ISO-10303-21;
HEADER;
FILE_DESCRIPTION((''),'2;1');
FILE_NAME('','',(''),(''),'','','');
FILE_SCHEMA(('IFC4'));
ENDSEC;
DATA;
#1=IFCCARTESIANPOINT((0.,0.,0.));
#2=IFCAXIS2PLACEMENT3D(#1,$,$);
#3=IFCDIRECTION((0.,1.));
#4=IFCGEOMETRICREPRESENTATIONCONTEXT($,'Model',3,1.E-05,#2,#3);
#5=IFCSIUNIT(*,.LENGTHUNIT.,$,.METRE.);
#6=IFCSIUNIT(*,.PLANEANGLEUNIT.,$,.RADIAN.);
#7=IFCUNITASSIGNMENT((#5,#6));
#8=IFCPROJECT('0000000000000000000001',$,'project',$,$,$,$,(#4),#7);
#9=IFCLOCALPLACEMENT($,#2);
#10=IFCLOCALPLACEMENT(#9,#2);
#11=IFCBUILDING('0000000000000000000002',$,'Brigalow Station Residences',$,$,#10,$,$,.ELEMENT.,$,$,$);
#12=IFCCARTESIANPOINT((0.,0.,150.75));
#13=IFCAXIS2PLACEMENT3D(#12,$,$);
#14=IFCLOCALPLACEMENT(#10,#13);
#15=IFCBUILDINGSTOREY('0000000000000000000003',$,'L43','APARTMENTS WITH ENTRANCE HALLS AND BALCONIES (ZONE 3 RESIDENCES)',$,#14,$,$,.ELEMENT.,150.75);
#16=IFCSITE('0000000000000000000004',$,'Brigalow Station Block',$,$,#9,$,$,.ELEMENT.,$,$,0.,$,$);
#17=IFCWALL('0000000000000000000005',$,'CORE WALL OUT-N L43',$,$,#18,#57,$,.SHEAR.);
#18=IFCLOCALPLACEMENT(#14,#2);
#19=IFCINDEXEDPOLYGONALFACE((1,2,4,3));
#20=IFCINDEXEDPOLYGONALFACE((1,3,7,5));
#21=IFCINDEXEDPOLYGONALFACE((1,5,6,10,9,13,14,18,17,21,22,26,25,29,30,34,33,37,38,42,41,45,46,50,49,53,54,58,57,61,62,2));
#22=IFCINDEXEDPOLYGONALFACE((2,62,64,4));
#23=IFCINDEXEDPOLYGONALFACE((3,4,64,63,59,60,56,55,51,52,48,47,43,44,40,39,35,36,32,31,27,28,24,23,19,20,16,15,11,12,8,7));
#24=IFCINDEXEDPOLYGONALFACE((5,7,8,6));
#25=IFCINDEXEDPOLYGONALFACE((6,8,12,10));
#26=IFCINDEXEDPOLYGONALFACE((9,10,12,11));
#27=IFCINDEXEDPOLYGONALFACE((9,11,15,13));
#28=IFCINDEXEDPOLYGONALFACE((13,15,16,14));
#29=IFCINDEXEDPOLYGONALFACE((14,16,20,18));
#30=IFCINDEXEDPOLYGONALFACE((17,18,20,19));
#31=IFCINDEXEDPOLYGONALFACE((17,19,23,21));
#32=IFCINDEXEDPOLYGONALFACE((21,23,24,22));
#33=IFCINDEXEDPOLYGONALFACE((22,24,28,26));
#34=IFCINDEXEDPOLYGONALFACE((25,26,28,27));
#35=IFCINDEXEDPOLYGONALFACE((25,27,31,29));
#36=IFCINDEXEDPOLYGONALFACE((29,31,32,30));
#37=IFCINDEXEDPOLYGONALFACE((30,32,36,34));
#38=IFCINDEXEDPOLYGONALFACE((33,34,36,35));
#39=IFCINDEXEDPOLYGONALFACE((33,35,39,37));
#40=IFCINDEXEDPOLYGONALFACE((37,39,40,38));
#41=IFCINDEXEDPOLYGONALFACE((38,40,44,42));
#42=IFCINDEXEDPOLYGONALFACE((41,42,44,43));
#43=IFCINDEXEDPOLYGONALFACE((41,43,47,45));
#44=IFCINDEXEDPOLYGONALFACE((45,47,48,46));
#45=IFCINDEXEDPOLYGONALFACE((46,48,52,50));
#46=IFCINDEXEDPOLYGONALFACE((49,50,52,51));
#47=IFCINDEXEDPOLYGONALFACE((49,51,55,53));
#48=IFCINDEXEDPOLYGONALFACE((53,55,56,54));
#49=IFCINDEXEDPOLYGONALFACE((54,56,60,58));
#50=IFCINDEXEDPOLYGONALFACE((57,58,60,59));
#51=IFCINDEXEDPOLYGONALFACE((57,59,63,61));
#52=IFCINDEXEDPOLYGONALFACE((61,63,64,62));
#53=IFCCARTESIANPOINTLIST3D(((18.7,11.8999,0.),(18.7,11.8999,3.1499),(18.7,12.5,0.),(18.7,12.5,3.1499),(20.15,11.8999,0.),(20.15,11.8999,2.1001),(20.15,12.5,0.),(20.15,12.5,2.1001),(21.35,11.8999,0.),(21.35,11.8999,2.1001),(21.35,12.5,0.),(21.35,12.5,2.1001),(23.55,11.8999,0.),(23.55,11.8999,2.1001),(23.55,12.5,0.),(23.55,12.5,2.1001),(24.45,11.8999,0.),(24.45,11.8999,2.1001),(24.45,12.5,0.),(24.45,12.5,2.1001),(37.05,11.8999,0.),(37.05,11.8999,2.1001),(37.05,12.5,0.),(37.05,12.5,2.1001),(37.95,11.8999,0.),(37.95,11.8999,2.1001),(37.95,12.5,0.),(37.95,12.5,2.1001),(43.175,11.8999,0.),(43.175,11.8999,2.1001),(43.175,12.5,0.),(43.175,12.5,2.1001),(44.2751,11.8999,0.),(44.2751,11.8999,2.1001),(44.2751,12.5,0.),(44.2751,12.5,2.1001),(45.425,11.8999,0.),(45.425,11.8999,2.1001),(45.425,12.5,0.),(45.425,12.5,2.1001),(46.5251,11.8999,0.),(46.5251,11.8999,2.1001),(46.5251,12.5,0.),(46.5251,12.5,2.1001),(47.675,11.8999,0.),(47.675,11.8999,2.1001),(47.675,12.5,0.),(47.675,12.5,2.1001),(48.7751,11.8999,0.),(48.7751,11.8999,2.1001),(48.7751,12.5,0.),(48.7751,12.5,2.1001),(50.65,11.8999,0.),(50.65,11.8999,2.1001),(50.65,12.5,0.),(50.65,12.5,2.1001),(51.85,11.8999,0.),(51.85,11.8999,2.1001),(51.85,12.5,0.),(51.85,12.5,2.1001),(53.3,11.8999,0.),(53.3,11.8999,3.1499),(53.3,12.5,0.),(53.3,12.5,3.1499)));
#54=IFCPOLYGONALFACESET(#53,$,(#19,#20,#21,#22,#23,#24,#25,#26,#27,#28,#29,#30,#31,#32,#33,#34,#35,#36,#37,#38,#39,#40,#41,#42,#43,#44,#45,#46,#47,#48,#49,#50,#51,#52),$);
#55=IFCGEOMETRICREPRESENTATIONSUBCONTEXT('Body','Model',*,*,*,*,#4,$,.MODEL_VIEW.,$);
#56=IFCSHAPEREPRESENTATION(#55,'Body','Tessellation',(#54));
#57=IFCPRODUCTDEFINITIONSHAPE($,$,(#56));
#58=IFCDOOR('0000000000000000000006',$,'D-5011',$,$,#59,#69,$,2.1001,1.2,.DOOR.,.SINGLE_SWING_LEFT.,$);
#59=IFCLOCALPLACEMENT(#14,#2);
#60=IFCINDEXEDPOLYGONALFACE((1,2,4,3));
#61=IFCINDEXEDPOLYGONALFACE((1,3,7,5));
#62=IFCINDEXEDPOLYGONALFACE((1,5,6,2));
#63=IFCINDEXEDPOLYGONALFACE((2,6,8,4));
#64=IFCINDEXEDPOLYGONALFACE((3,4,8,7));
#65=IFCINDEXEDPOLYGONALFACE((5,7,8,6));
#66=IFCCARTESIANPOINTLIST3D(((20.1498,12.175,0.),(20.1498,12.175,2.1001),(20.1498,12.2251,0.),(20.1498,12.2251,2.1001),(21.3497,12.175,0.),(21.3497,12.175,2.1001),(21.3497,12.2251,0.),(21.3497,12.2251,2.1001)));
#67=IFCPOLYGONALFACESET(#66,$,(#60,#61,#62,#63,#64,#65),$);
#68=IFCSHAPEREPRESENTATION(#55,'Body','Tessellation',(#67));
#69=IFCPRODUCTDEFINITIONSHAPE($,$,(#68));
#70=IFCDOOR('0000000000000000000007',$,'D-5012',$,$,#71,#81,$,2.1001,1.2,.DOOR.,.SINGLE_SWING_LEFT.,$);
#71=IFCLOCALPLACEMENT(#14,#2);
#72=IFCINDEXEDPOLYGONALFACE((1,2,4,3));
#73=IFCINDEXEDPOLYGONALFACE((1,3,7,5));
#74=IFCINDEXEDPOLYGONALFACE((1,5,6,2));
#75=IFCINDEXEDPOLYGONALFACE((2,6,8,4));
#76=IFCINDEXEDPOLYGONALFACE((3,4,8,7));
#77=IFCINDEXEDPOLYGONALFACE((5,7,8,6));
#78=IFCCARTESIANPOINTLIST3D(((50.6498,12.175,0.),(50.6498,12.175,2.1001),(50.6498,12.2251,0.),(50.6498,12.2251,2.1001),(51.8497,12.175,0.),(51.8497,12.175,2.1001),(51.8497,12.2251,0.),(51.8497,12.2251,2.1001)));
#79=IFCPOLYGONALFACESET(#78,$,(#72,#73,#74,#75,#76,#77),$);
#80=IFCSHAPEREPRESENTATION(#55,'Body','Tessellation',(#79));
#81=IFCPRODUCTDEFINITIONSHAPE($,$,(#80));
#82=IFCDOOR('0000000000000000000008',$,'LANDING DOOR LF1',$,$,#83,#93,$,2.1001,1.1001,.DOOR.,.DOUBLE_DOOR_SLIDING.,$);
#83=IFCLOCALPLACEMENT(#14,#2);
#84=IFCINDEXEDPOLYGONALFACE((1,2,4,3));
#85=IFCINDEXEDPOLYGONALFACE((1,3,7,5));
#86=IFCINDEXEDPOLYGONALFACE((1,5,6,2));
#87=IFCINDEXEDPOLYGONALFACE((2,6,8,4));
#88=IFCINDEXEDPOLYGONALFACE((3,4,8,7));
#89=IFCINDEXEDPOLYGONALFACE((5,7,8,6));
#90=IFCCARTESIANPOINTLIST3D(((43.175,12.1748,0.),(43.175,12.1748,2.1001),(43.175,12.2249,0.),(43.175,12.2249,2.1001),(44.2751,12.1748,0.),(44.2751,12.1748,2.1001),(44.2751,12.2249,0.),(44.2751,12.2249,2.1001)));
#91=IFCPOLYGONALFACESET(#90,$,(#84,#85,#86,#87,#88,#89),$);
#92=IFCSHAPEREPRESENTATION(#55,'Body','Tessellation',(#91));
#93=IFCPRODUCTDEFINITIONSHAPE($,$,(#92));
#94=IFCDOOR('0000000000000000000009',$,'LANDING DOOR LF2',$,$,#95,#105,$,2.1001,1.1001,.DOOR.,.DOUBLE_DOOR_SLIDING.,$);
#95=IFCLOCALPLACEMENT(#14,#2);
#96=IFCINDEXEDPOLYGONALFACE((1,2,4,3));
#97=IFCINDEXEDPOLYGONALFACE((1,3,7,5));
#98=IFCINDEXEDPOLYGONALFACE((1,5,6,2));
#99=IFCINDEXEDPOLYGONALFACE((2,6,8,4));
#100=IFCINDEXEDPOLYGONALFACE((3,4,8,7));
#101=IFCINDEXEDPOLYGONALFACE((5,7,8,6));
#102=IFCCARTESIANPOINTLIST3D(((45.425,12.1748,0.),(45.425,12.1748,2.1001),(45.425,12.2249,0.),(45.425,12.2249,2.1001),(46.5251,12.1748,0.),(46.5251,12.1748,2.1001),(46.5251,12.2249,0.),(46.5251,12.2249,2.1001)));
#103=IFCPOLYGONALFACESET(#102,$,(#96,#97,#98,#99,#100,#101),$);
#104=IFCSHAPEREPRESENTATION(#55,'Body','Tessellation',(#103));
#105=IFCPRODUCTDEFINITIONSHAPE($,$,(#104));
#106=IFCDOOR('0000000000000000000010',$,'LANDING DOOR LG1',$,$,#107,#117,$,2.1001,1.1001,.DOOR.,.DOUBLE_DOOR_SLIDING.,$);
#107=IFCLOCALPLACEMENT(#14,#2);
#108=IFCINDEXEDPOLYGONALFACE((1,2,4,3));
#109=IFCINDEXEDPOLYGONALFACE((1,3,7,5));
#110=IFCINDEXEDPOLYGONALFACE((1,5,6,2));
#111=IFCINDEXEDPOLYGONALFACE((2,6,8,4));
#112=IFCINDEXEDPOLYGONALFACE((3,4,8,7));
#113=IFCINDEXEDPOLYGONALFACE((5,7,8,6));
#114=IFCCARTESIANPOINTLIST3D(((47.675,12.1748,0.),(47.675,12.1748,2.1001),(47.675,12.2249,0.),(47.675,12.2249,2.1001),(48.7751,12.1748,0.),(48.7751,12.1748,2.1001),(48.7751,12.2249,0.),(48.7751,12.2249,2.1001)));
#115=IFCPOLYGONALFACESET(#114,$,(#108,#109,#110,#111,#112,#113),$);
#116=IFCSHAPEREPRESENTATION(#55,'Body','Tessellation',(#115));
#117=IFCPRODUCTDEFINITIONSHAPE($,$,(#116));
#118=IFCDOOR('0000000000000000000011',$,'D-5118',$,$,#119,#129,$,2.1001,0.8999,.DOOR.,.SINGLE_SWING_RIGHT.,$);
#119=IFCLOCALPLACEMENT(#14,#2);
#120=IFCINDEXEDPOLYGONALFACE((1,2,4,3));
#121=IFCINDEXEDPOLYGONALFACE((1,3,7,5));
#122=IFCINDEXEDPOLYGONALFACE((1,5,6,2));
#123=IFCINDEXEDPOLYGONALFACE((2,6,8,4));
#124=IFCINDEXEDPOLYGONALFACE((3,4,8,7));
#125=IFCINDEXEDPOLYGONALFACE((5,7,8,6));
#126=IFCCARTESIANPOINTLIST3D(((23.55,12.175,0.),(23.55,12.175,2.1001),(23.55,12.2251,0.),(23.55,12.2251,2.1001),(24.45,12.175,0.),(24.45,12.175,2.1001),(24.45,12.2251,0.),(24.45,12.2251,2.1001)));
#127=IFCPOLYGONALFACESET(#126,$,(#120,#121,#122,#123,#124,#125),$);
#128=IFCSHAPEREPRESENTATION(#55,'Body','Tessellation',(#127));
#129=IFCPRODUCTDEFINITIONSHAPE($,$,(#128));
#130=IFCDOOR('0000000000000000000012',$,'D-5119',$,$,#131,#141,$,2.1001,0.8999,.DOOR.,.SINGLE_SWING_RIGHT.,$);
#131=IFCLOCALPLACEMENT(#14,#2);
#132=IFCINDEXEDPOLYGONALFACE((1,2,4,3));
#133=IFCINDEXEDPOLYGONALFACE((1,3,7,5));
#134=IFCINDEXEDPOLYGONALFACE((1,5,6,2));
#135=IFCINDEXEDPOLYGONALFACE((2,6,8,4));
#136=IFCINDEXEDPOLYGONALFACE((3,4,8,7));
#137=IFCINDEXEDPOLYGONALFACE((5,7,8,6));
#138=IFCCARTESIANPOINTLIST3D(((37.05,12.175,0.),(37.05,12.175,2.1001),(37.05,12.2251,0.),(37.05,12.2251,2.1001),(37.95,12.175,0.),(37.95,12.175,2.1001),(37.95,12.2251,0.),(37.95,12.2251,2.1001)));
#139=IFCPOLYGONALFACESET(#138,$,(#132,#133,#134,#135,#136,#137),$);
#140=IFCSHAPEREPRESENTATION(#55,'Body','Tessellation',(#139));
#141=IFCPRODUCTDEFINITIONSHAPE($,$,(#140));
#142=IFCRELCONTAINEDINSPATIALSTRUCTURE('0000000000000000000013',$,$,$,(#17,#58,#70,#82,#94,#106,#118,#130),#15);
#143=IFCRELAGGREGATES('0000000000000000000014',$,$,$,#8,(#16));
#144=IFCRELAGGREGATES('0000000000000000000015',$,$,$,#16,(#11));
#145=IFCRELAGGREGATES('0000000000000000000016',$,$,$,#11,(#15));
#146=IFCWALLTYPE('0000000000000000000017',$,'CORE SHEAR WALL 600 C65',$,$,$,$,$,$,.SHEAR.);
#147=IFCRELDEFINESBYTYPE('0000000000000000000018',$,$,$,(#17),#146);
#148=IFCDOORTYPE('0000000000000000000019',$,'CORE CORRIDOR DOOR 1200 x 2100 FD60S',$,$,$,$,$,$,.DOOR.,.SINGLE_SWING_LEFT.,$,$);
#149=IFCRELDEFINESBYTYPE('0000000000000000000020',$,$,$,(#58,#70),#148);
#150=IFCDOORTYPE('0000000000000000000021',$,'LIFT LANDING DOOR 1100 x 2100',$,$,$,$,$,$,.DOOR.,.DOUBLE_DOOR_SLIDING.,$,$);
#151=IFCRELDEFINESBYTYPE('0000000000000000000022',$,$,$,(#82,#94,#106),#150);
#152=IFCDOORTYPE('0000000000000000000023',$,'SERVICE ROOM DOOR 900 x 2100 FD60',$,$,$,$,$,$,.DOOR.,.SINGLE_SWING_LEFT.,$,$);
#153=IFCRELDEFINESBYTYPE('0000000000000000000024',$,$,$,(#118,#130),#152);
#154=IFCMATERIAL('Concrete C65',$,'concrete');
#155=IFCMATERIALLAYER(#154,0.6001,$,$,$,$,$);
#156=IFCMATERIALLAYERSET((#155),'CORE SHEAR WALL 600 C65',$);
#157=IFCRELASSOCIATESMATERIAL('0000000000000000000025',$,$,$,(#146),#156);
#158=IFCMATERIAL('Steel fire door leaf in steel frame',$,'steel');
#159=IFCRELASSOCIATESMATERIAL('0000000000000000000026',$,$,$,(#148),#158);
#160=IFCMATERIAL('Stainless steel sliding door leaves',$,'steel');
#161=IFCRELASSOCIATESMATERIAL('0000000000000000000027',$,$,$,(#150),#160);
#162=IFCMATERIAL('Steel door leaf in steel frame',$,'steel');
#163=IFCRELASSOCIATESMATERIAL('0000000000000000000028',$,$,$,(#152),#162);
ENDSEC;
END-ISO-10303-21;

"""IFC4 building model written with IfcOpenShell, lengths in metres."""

from ifc_helpers import new_model, si_unit, direction, frame, frame_2d, origin, place, context, subcontext, project, spatial, rectangle, extrude, material, layer, layer_set, type_object, element, fill, save


model = new_model("IFC4")

# Units and contexts
model_context = context("Model", 3, precision=1e-05, world=origin(), true_north=direction((0.0, 1.0)))
body_context = subcontext(model_context, "Body", "Model", "MODEL_VIEW")
ifc_project = project(units=[si_unit("LENGTHUNIT", "METRE"), si_unit("PLANEANGLEUNIT", "RADIAN")], contexts=[model_context])

# Site, building, storey
site_placement = place(None, origin())
site = spatial("IfcSite", under=ifc_project, at=site_placement, Name="Brigalow Station Block", CompositionType="ELEMENT", RefElevation=0.0)
building_placement = place(site_placement, origin())
building = spatial("IfcBuilding", under=site, at=building_placement, Name="Brigalow Station Residences", CompositionType="ELEMENT")
storey_placement = place(building_placement, frame((0.0, 0.0, 150.75)))
storey = spatial("IfcBuildingStorey", under=building, at=storey_placement, Name="L43", Description="APARTMENTS WITH ENTRANCE HALLS AND BALCONIES (ZONE 3 RESIDENCES)", CompositionType="ELEMENT", Elevation=150.75)

# Wall, openings, doors
ifc_material_1 = material(Name="Concrete C65", Category="concrete")
ifc_layer_1 = layer(ifc_material_1, 0.6001)
ifc_layer_set_1 = layer_set([ifc_layer_1], Name="CORE SHEAR WALL 600 C65")
wall_type_1 = type_object("IfcWallType", Name="CORE SHEAR WALL 600 C65", PredefinedType="SHEAR", material=ifc_layer_set_1)
wall_1_placement = place(storey_placement, frame((18.7, 12.2, 0.0), z_axis=(0.0, 0.0, 1.0), x_axis=(1.0, 0.0, 0.0)))
wall_1 = element("IfcWall", 1, at=wall_1_placement, inside=storey, type_object=wall_type_1, Name="CORE WALL OUT-N L43", PredefinedType="SHEAR", context=body_context, shape_type="SweptSolid", body=[
    extrude(rectangle(XDim=34.6001, YDim=0.6001, at=frame_2d((17.3, 0.0))), origin(), (0.0, 0.0, 1.0), 3.1499),
])
opening_1_placement = place(wall_1_placement, frame((24.4751, 0.0, 0.0)))
opening_1 = element("IfcOpeningElement", 2, at=opening_1_placement, cuts=wall_1, PredefinedType="OPENING", context=body_context, shape_type="SweptSolid", body=[
    extrude(rectangle(XDim=1.1001, YDim=2.1001, at=frame_2d((0.55, 1.05))), frame((0.0, 0.3101, 0.0), z_axis=(0.0, -1.0, 0.0), x_axis=(1.0, 0.0, 0.0)), (0.0, 0.0, 1.0), 0.6201),
])
opening_2_placement = place(wall_1_placement, frame((26.7251, 0.0, 0.0)))
opening_2 = element("IfcOpeningElement", 3, at=opening_2_placement, cuts=wall_1, PredefinedType="OPENING", context=body_context, shape_type="SweptSolid", body=[
    extrude(rectangle(XDim=1.1001, YDim=2.1001, at=frame_2d((0.55, 1.05))), frame((0.0, 0.3101, 0.0), z_axis=(0.0, -1.0, 0.0), x_axis=(1.0, 0.0, 0.0)), (0.0, 0.0, 1.0), 0.6201),
])
opening_3_placement = place(wall_1_placement, frame((28.9751, 0.0, 0.0)))
opening_3 = element("IfcOpeningElement", 4, at=opening_3_placement, cuts=wall_1, PredefinedType="OPENING", context=body_context, shape_type="SweptSolid", body=[
    extrude(rectangle(XDim=1.1001, YDim=2.1001, at=frame_2d((0.55, 1.05))), frame((0.0, 0.3101, 0.0), z_axis=(0.0, -1.0, 0.0), x_axis=(1.0, 0.0, 0.0)), (0.0, 0.0, 1.0), 0.6201),
])
opening_4_placement = place(wall_1_placement, frame((4.8501, 0.0, 0.0)))
opening_4 = element("IfcOpeningElement", 5, at=opening_4_placement, cuts=wall_1, PredefinedType="OPENING", context=body_context, shape_type="SweptSolid", body=[
    extrude(rectangle(XDim=0.8999, YDim=2.1001, at=frame_2d((0.45, 1.05))), frame((0.0, 0.3101, 0.0), z_axis=(0.0, -1.0, 0.0), x_axis=(1.0, 0.0, 0.0)), (0.0, 0.0, 1.0), 0.6201),
])
opening_5_placement = place(wall_1_placement, frame((18.3501, 0.0, 0.0)))
opening_5 = element("IfcOpeningElement", 6, at=opening_5_placement, cuts=wall_1, PredefinedType="OPENING", context=body_context, shape_type="SweptSolid", body=[
    extrude(rectangle(XDim=0.8999, YDim=2.1001, at=frame_2d((0.45, 1.05))), frame((0.0, 0.3101, 0.0), z_axis=(0.0, -1.0, 0.0), x_axis=(1.0, 0.0, 0.0)), (0.0, 0.0, 1.0), 0.6201),
])
opening_6_placement = place(wall_1_placement, frame((1.45, 0.0, 0.0)))
opening_6 = element("IfcOpeningElement", 7, at=opening_6_placement, cuts=wall_1, PredefinedType="OPENING", context=body_context, shape_type="SweptSolid", body=[
    extrude(rectangle(XDim=1.2, YDim=2.1001, at=frame_2d((0.6001, 1.05))), frame((0.0, 0.3101, 0.0), z_axis=(0.0, -1.0, 0.0), x_axis=(1.0, 0.0, 0.0)), (0.0, 0.0, 1.0), 0.6201),
])
opening_7_placement = place(wall_1_placement, frame((31.95, 0.0, 0.0)))
opening_7 = element("IfcOpeningElement", 8, at=opening_7_placement, cuts=wall_1, PredefinedType="OPENING", context=body_context, shape_type="SweptSolid", body=[
    extrude(rectangle(XDim=1.2, YDim=2.1001, at=frame_2d((0.6001, 1.05))), frame((0.0, 0.3101, 0.0), z_axis=(0.0, -1.0, 0.0), x_axis=(1.0, 0.0, 0.0)), (0.0, 0.0, 1.0), 0.6201),
])
ifc_material_2 = material(Name="Steel fire door leaf in steel frame", Category="steel")
door_type_1 = type_object("IfcDoorType", Name="CORE CORRIDOR DOOR 1200 x 2100 FD60S", OperationType="SINGLE_SWING_LEFT", PredefinedType="DOOR", material=ifc_material_2)
door_1_placement = place(opening_6_placement, frame((1.2, 0.0, 0.0), z_axis=(0.0, 0.0, 1.0), x_axis=(-1.0, 0.0, 0.0)))
door_1 = element("IfcDoor", 9, at=door_1_placement, inside=storey, type_object=door_type_1, Name="D-5011", OperationType="SINGLE_SWING_LEFT", OverallHeight=2.1001, OverallWidth=1.2, PredefinedType="DOOR", context=body_context, shape_type="SweptSolid", body=[
    extrude(rectangle(XDim=1.2, YDim=2.1001, at=frame_2d((0.6001, 1.05))), frame((0.0, 0.0249, 0.0), z_axis=(0.0, -1.0, 0.0), x_axis=(1.0, 0.0, 0.0)), (0.0, 0.0, 1.0), 0.05),
])
fill(opening_6, door_1)
door_2_placement = place(opening_7_placement, frame((1.2, 0.0, 0.0), z_axis=(0.0, 0.0, 1.0), x_axis=(-1.0, 0.0, 0.0)))
door_2 = element("IfcDoor", 10, at=door_2_placement, inside=storey, type_object=door_type_1, Name="D-5012", OperationType="SINGLE_SWING_LEFT", OverallHeight=2.1001, OverallWidth=1.2, PredefinedType="DOOR", context=body_context, shape_type="SweptSolid", body=[
    extrude(rectangle(XDim=1.2, YDim=2.1001, at=frame_2d((0.6001, 1.05))), frame((0.0, 0.0249, 0.0), z_axis=(0.0, -1.0, 0.0), x_axis=(1.0, 0.0, 0.0)), (0.0, 0.0, 1.0), 0.05),
])
fill(opening_7, door_2)
ifc_material_3 = material(Name="Stainless steel sliding door leaves", Category="steel")
door_type_2 = type_object("IfcDoorType", Name="LIFT LANDING DOOR 1100 x 2100", OperationType="DOUBLE_DOOR_SLIDING", PredefinedType="DOOR", material=ifc_material_3)
door_3_placement = place(opening_1_placement, origin())
door_3 = element("IfcDoor", 11, at=door_3_placement, inside=storey, type_object=door_type_2, Name="LANDING DOOR LF1", OperationType="DOUBLE_DOOR_SLIDING", OverallHeight=2.1001, OverallWidth=1.1001, PredefinedType="DOOR", context=body_context, shape_type="SweptSolid", body=[
    extrude(rectangle(XDim=1.1001, YDim=2.1001, at=frame_2d((0.55, 1.05))), frame((0.0, 0.0249, 0.0), z_axis=(0.0, -1.0, 0.0), x_axis=(1.0, 0.0, 0.0)), (0.0, 0.0, 1.0), 0.05),
])
fill(opening_1, door_3)
door_4_placement = place(opening_2_placement, origin())
door_4 = element("IfcDoor", 12, at=door_4_placement, inside=storey, type_object=door_type_2, Name="LANDING DOOR LF2", OperationType="DOUBLE_DOOR_SLIDING", OverallHeight=2.1001, OverallWidth=1.1001, PredefinedType="DOOR", context=body_context, shape_type="SweptSolid", body=[
    extrude(rectangle(XDim=1.1001, YDim=2.1001, at=frame_2d((0.55, 1.05))), frame((0.0, 0.0249, 0.0), z_axis=(0.0, -1.0, 0.0), x_axis=(1.0, 0.0, 0.0)), (0.0, 0.0, 1.0), 0.05),
])
fill(opening_2, door_4)
door_5_placement = place(opening_3_placement, origin())
door_5 = element("IfcDoor", 13, at=door_5_placement, inside=storey, type_object=door_type_2, Name="LANDING DOOR LG1", OperationType="DOUBLE_DOOR_SLIDING", OverallHeight=2.1001, OverallWidth=1.1001, PredefinedType="DOOR", context=body_context, shape_type="SweptSolid", body=[
    extrude(rectangle(XDim=1.1001, YDim=2.1001, at=frame_2d((0.55, 1.05))), frame((0.0, 0.0249, 0.0), z_axis=(0.0, -1.0, 0.0), x_axis=(1.0, 0.0, 0.0)), (0.0, 0.0, 1.0), 0.05),
])
fill(opening_3, door_5)
ifc_material_4 = material(Name="Steel door leaf in steel frame", Category="steel")
door_type_3 = type_object("IfcDoorType", Name="SERVICE ROOM DOOR 900 x 2100 FD60", OperationType="SINGLE_SWING_LEFT", PredefinedType="DOOR", material=ifc_material_4)
door_6_placement = place(opening_4_placement, frame((0.8999, 0.0, 0.0), z_axis=(0.0, 0.0, 1.0), x_axis=(-1.0, 0.0, 0.0)))
door_6 = element("IfcDoor", 14, at=door_6_placement, inside=storey, type_object=door_type_3, Name="D-5118", OperationType="SINGLE_SWING_RIGHT", OverallHeight=2.1001, OverallWidth=0.8999, PredefinedType="DOOR", context=body_context, shape_type="SweptSolid", body=[
    extrude(rectangle(XDim=0.8999, YDim=2.1001, at=frame_2d((0.45, 1.05))), frame((0.0, 0.0249, 0.0), z_axis=(0.0, -1.0, 0.0), x_axis=(1.0, 0.0, 0.0)), (0.0, 0.0, 1.0), 0.05),
])
fill(opening_4, door_6)
door_7_placement = place(opening_5_placement, frame((0.8999, 0.0, 0.0), z_axis=(0.0, 0.0, 1.0), x_axis=(-1.0, 0.0, 0.0)))
door_7 = element("IfcDoor", 15, at=door_7_placement, inside=storey, type_object=door_type_3, Name="D-5119", OperationType="SINGLE_SWING_RIGHT", OverallHeight=2.1001, OverallWidth=0.8999, PredefinedType="DOOR", context=body_context, shape_type="SweptSolid", body=[
    extrude(rectangle(XDim=0.8999, YDim=2.1001, at=frame_2d((0.45, 1.05))), frame((0.0, 0.0249, 0.0), z_axis=(0.0, -1.0, 0.0), x_axis=(1.0, 0.0, 0.0)), (0.0, 0.0, 1.0), 0.05),
])
fill(opening_5, door_7)

save(model, "model.ifc")
